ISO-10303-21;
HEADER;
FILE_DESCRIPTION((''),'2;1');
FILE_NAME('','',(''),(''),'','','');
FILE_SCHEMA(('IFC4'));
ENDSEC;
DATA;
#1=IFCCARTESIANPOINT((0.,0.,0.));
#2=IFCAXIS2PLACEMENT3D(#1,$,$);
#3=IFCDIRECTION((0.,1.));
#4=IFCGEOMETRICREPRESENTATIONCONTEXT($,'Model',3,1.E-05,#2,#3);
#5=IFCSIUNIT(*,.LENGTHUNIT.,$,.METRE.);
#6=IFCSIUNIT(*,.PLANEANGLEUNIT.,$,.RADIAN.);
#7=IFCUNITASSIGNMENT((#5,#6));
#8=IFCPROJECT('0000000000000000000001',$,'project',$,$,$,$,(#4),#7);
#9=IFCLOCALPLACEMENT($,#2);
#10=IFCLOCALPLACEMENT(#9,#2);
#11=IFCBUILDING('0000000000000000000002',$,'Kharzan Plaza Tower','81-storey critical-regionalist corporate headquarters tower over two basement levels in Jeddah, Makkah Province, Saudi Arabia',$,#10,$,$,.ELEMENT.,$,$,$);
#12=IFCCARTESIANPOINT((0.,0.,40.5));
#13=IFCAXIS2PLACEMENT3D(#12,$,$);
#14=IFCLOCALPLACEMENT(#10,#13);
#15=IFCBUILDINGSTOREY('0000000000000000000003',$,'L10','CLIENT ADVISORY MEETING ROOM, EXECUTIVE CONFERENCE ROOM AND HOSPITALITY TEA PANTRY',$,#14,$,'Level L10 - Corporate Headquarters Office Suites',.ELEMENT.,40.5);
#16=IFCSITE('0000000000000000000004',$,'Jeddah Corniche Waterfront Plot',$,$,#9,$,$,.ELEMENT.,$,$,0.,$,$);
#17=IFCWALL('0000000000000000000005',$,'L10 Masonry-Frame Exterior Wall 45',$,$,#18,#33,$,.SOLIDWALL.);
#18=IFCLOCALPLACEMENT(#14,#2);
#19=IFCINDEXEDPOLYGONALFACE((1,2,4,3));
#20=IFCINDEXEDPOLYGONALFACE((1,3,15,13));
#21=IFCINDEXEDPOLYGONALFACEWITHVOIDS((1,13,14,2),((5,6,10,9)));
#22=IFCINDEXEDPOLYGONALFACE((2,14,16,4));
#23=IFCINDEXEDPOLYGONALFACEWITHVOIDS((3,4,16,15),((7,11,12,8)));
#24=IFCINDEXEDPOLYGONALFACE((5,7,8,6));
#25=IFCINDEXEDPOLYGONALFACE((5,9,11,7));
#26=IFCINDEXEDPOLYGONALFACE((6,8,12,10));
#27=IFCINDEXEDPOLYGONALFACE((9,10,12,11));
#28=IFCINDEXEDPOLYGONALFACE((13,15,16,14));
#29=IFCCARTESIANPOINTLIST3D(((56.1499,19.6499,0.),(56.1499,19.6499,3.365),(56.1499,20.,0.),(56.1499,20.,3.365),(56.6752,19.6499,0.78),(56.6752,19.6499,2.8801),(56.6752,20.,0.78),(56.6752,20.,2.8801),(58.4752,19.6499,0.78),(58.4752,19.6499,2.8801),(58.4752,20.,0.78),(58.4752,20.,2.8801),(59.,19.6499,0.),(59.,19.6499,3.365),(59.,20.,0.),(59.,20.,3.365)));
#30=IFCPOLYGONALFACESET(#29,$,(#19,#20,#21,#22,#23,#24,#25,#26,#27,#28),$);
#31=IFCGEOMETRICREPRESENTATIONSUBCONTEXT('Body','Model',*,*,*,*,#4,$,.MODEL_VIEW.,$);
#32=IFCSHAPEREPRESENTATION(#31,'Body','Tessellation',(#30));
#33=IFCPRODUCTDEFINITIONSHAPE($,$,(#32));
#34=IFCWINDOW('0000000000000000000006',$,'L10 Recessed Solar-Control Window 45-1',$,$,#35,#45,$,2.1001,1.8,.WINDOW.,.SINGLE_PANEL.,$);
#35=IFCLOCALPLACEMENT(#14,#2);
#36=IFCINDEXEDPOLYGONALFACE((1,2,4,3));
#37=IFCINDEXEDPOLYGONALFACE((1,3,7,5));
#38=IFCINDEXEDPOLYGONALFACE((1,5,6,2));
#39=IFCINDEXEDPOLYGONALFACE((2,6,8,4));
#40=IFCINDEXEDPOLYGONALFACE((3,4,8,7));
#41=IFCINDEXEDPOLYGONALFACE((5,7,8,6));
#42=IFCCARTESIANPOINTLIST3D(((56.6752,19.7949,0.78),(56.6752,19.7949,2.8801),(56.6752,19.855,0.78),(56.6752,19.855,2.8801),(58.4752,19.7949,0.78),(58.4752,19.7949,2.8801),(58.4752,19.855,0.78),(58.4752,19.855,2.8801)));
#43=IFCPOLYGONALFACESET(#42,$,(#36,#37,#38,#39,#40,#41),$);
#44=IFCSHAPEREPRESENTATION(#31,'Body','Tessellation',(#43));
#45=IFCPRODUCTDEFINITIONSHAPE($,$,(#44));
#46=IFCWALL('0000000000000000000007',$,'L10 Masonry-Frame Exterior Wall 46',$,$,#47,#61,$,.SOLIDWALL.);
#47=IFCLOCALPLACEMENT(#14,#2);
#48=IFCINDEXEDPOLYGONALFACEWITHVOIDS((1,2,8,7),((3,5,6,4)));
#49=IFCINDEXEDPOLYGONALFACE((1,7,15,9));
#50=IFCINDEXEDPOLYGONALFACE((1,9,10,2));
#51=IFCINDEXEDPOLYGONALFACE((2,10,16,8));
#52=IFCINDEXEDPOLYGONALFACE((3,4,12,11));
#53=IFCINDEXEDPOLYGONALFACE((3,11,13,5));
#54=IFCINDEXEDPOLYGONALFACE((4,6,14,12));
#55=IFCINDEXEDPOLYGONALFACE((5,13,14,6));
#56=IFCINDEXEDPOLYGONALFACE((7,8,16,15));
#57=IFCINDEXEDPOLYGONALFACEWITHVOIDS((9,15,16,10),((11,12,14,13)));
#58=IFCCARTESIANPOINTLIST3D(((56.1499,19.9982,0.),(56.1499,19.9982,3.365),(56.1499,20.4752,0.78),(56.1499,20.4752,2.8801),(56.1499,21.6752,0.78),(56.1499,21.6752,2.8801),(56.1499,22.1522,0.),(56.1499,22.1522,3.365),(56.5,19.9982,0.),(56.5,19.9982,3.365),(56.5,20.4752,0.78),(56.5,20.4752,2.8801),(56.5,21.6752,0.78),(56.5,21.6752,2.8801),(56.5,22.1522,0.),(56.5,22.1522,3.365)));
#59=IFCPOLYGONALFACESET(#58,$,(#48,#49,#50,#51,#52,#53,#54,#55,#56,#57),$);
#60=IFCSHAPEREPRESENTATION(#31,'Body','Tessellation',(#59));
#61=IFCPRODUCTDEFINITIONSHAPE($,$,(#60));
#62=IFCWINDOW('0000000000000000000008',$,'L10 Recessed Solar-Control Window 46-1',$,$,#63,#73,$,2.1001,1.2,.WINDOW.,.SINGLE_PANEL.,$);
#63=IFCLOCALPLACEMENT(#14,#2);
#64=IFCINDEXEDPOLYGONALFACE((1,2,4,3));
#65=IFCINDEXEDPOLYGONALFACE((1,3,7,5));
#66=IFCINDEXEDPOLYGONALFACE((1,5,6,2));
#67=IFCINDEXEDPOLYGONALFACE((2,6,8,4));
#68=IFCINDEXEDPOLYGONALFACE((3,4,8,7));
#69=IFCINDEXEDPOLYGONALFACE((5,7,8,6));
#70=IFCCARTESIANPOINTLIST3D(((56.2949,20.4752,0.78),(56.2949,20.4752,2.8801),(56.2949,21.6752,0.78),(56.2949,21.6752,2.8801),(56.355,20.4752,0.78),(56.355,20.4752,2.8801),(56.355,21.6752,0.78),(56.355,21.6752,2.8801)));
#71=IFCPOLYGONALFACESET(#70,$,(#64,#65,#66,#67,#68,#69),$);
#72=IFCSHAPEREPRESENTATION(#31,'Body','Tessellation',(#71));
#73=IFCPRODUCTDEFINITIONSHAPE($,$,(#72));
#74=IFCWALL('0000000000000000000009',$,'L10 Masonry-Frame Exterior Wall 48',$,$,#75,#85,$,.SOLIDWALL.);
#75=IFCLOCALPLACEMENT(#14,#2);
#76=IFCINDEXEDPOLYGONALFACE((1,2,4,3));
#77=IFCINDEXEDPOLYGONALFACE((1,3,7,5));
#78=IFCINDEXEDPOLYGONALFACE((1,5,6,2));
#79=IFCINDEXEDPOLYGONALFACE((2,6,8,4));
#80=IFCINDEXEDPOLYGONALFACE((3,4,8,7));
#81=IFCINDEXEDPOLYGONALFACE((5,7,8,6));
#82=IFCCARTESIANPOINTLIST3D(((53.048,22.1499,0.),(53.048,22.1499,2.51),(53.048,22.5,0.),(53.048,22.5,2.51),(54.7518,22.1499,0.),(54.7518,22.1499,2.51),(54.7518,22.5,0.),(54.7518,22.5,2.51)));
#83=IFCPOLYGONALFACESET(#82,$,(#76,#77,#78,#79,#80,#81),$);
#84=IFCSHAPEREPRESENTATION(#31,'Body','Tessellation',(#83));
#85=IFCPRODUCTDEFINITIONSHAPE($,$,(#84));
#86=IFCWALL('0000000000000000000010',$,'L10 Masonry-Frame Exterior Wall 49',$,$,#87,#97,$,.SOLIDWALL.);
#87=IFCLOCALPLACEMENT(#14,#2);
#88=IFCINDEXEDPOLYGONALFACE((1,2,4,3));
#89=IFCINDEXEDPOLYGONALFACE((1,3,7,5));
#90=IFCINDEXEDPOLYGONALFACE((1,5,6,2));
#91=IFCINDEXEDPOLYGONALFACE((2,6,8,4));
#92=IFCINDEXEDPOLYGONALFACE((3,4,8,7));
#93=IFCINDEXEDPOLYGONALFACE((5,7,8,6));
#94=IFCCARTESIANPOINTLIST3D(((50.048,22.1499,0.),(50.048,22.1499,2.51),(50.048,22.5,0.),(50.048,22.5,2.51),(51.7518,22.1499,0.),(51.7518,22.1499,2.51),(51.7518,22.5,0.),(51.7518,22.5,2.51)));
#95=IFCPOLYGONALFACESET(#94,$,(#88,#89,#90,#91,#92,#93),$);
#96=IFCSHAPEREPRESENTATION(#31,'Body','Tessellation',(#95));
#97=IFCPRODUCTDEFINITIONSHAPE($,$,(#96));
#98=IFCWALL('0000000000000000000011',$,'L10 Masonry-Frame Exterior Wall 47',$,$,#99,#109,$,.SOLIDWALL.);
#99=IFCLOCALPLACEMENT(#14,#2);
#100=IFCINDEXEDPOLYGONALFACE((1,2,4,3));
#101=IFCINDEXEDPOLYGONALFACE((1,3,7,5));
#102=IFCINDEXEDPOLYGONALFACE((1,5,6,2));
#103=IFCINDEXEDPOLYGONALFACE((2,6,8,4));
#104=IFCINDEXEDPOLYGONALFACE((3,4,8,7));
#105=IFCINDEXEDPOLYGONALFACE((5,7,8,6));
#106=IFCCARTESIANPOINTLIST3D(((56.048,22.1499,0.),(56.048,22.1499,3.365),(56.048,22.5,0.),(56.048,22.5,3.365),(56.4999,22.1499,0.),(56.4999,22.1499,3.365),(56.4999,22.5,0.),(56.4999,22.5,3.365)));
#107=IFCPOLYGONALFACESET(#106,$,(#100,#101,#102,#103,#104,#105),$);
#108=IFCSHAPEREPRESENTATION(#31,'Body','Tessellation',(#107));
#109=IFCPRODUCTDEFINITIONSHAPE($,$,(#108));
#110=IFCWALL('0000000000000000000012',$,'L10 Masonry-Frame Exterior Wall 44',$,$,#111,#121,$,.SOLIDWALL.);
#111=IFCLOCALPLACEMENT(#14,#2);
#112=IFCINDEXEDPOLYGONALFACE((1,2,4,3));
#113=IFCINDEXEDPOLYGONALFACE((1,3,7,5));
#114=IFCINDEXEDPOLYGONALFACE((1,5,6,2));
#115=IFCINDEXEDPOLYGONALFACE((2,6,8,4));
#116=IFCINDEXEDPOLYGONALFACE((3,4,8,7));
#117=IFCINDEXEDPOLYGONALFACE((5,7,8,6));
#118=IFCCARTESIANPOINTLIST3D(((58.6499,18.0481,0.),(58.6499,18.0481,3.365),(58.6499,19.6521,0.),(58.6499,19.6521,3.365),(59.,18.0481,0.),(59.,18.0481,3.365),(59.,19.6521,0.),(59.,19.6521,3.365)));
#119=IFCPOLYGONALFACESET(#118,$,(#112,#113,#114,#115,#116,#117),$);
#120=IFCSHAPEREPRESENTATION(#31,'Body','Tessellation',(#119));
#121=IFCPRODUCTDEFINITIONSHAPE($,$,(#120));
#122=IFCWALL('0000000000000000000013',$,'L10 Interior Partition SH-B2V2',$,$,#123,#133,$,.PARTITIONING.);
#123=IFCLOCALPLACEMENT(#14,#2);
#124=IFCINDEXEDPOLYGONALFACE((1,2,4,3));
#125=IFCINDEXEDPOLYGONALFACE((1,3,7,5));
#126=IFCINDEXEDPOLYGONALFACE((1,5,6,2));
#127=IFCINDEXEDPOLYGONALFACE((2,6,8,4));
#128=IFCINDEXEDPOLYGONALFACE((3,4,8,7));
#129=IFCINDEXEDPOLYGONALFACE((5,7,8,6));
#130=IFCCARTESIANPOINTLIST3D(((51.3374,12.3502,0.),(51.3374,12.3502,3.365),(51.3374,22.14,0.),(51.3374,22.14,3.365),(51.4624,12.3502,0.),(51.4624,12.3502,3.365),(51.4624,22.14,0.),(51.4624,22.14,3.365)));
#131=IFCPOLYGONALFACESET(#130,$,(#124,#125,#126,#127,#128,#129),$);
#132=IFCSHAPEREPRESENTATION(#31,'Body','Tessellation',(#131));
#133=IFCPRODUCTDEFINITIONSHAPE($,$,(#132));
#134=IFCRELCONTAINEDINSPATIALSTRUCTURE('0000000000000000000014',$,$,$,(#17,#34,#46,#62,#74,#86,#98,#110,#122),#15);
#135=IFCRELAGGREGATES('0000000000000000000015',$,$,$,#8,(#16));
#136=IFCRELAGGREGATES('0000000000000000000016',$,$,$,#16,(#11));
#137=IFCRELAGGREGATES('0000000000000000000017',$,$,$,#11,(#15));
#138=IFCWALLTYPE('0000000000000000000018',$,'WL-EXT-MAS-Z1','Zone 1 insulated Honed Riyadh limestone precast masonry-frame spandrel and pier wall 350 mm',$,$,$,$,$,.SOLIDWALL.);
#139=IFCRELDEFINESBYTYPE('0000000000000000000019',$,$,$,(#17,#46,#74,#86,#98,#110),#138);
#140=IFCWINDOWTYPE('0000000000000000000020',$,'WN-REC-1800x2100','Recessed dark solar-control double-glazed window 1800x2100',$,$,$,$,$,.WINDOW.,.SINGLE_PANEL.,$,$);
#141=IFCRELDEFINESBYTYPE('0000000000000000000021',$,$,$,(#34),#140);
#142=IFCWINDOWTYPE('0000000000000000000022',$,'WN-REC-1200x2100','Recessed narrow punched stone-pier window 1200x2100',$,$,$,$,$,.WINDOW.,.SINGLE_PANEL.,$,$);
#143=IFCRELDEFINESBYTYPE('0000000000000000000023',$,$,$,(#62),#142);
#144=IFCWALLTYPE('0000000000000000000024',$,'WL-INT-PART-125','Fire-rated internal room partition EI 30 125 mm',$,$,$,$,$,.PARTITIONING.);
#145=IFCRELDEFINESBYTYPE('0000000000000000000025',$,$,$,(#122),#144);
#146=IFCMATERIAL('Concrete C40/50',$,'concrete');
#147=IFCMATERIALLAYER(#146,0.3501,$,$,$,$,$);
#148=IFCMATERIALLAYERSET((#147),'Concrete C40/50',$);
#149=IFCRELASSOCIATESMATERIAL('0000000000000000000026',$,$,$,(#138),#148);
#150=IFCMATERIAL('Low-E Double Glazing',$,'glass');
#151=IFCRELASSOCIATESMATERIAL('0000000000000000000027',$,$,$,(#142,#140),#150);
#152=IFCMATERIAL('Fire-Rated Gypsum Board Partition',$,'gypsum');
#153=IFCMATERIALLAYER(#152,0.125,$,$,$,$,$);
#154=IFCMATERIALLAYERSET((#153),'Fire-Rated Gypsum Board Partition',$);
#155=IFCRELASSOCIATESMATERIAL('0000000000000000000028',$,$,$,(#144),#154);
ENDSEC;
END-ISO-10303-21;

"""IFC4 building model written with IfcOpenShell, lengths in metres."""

from ifc_helpers import new_model, si_unit, direction, frame, frame_2d, origin, place, context, subcontext, project, spatial, rectangle, extrude, source, transform, mapped, material, layer, layer_set, type_object, element, fill, save


model = new_model("IFC4")

# Units and contexts
model_context = context("Model", 3, precision=1e-05, world=origin(), true_north=direction((0.0, 1.0)))
body_context = subcontext(model_context, "Body", "Model", "MODEL_VIEW")
ifc_project = project(units=[si_unit("LENGTHUNIT", "METRE"), si_unit("PLANEANGLEUNIT", "RADIAN")], contexts=[model_context])

# Site, building, storey
site_placement = place(None, origin())
site = spatial("IfcSite", under=ifc_project, at=site_placement, Name="Jeddah Corniche Waterfront Plot", CompositionType="ELEMENT", RefElevation=0.0)
building_placement = place(site_placement, origin())
building = spatial("IfcBuilding", under=site, at=building_placement, Name="Kharzan Plaza Tower", Description="81-storey critical-regionalist corporate headquarters tower over two basement levels in Jeddah, Makkah Province, Saudi Arabia", CompositionType="ELEMENT")
storey_placement = place(building_placement, frame((0.0, 0.0, 40.5)))
storey = spatial("IfcBuildingStorey", under=building, at=storey_placement, Name="L10", Description="CLIENT ADVISORY MEETING ROOM, EXECUTIVE CONFERENCE ROOM AND HOSPITALITY TEA PANTRY", LongName="Level L10 - Corporate Headquarters Office Suites", CompositionType="ELEMENT", Elevation=40.5)

# Walls, openings, windows
ifc_material_1 = material(Name="Concrete C40/50", Category="concrete")
ifc_layer_1 = layer(ifc_material_1, 0.3501)
ifc_layer_set_1 = layer_set([ifc_layer_1], Name="Concrete C40/50")
wall_type_1 = type_object("IfcWallType", Name="WL-EXT-MAS-Z1", Description="Zone 1 insulated Honed Riyadh limestone precast masonry-frame spandrel and pier wall 350 mm", PredefinedType="SOLIDWALL", material=ifc_layer_set_1)
ifc_material_2 = material(Name="Low-E Double Glazing", Category="glass")
window_type_1 = type_object("IfcWindowType", Name="WN-REC-1200x2100", Description="Recessed narrow punched stone-pier window 1200x2100", PartitioningType="SINGLE_PANEL", PredefinedType="WINDOW", material=ifc_material_2)
wall_1_placement = place(storey_placement, frame((59.0, 19.825, 0.0), z_axis=(0.0, 0.0, 1.0), x_axis=(-1.0, 0.0, 0.0)))
wall_1 = element("IfcWall", 1, at=wall_1_placement, inside=storey, type_object=wall_type_1, Name="L10 Masonry-Frame Exterior Wall 45", PredefinedType="SOLIDWALL", context=body_context, shape_type="SweptSolid", body=[
    extrude(rectangle(XDim=2.8501, YDim=0.3501, at=frame_2d((1.425, 0.0))), origin(), (0.0, 0.0, 1.0), 3.365),
])
opening_1_placement = place(wall_1_placement, frame((0.5249, 0.0, 0.78)))
opening_1 = element("IfcOpeningElement", 2, at=opening_1_placement, cuts=wall_1, PredefinedType="OPENING", context=body_context, shape_type="SweptSolid", body=[
    extrude(rectangle(XDim=1.8, YDim=2.1001, at=frame_2d((0.8999, 1.05))), frame((0.0, 0.1851, 0.0), z_axis=(0.0, -1.0, 0.0), x_axis=(1.0, 0.0, 0.0)), (0.0, 0.0, 1.0), 0.3701),
])
window_type_2 = type_object("IfcWindowType", Name="WN-REC-1800x2100", Description="Recessed dark solar-control double-glazed window 1800x2100", PartitioningType="SINGLE_PANEL", PredefinedType="WINDOW", material=ifc_material_2)
shared_shape_1 = source(origin(), body_context, "Body", "SweptSolid", [
    extrude(rectangle(XDim=1.8, YDim=2.1001, at=frame_2d((0.8999, 1.05))), frame((0.0, 0.03, 0.0), z_axis=(0.0, -1.0, 0.0), x_axis=(1.0, 0.0, 0.0)), (0.0, 0.0, 1.0), 0.0601),
])
window_1_placement = place(opening_1_placement, origin())
window_1 = element("IfcWindow", 3, at=window_1_placement, inside=storey, type_object=window_type_2, Name="L10 Recessed Solar-Control Window 45-1", OverallHeight=2.1001, OverallWidth=1.8, PartitioningType="SINGLE_PANEL", PredefinedType="WINDOW", context=body_context, shape_type="MappedRepresentation", body=[
    mapped(shared_shape_1, transform((0.0, 0.0, 0.0), x_axis=(1.0, 0.0, 0.0), y_axis=(0.0, 1.0, 0.0), z_axis=(0.0, 0.0, 1.0))),
])
fill(opening_1, window_1)
wall_2_placement = place(storey_placement, frame((56.325, 19.998, 0.0), z_axis=(0.0, 0.0, 1.0), x_axis=(0.0, 1.0, 0.0)))
wall_2 = element("IfcWall", 4, at=wall_2_placement, inside=storey, type_object=wall_type_1, Name="L10 Masonry-Frame Exterior Wall 46", PredefinedType="SOLIDWALL", context=body_context, shape_type="SweptSolid", body=[
    extrude(rectangle(XDim=2.1541, YDim=0.3501, at=frame_2d((1.0771, 0.0))), origin(), (0.0, 0.0, 1.0), 3.365),
])
opening_2_placement = place(wall_2_placement, frame((0.4771, 0.0, 0.78)))
opening_2 = element("IfcOpeningElement", 5, at=opening_2_placement, cuts=wall_2, PredefinedType="OPENING", context=body_context, shape_type="SweptSolid", body=[
    extrude(rectangle(XDim=1.2, YDim=2.1001, at=frame_2d((0.6001, 1.05))), frame((0.0, 0.1851, 0.0), z_axis=(0.0, -1.0, 0.0), x_axis=(1.0, 0.0, 0.0)), (0.0, 0.0, 1.0), 0.3701),
])
shared_shape_2 = source(origin(), body_context, "Body", "SweptSolid", [
    extrude(rectangle(XDim=1.2, YDim=2.1001, at=frame_2d((0.6001, 1.05))), frame((0.0, 0.03, 0.0), z_axis=(0.0, -1.0, 0.0), x_axis=(1.0, 0.0, 0.0)), (0.0, 0.0, 1.0), 0.0601),
])
window_2_placement = place(opening_2_placement, origin())
window_2 = element("IfcWindow", 6, at=window_2_placement, inside=storey, type_object=window_type_1, Name="L10 Recessed Solar-Control Window 46-1", OverallHeight=2.1001, OverallWidth=1.2, PartitioningType="SINGLE_PANEL", PredefinedType="WINDOW", context=body_context, shape_type="MappedRepresentation", body=[
    mapped(shared_shape_2, transform((0.0, 0.0, 0.0), x_axis=(1.0, 0.0, 0.0), y_axis=(0.0, 1.0, 0.0), z_axis=(0.0, 0.0, 1.0))),
])
fill(opening_2, window_2)

# Shared definitions
ifc_material_3 = material(Name="Fire-Rated Gypsum Board Partition", Category="gypsum")
ifc_layer_2 = layer(ifc_material_3, 0.125)
ifc_layer_set_2 = layer_set([ifc_layer_2], Name="Fire-Rated Gypsum Board Partition")
wall_type_2 = type_object("IfcWallType", Name="WL-INT-PART-125", Description="Fire-rated internal room partition EI 30 125 mm", PredefinedType="PARTITIONING", material=ifc_layer_set_2)

# Walls
shared_shape_3 = source(origin(), body_context, "Body", "SweptSolid", [
    extrude(rectangle(XDim=1.7039, YDim=0.3501, at=frame_2d((0.8521, 0.0))), origin(), (0.0, 0.0, 1.0), 2.51),
])
for number, where, z_axis, x_axis, name in (
    (7, (54.752, 22.325, 0.0), (0.0, 0.0, 1.0), (-1.0, 0.0, 0.0), "L10 Masonry-Frame Exterior Wall 48"),
    (8, (51.752, 22.325, 0.0), (0.0, 0.0, 1.0), (-1.0, 0.0, 0.0), "L10 Masonry-Frame Exterior Wall 49"),
):
    element("IfcWall", number, at=place(storey_placement, frame(where, z_axis=z_axis, x_axis=x_axis)), inside=storey, type_object=wall_type_1, Name=name, PredefinedType="SOLIDWALL", context=body_context, shape_type="MappedRepresentation", body=[
        mapped(shared_shape_3, transform((0.0, 0.0, 0.0), x_axis=(1.0, 0.0, 0.0), y_axis=(0.0, 1.0, 0.0), z_axis=(0.0, 0.0, 1.0))),
    ])
shared_shape_4 = source(origin(), body_context, "Body", "SweptSolid", [
    extrude(rectangle(XDim=0.4519, YDim=0.3501, at=frame_2d((0.2261, 0.0))), origin(), (0.0, 0.0, 1.0), 3.365),
])
wall_3_placement = place(storey_placement, frame((56.5, 22.325, 0.0), z_axis=(0.0, 0.0, 1.0), x_axis=(-1.0, 0.0, 0.0)))
element("IfcWall", 9, at=wall_3_placement, inside=storey, type_object=wall_type_1, Name="L10 Masonry-Frame Exterior Wall 47", PredefinedType="SOLIDWALL", context=body_context, shape_type="MappedRepresentation", body=[
    mapped(shared_shape_4, transform((0.0, 0.0, 0.0), x_axis=(1.0, 0.0, 0.0), y_axis=(0.0, 1.0, 0.0), z_axis=(0.0, 0.0, 1.0))),
])
shared_shape_5 = source(origin(), body_context, "Body", "SweptSolid", [
    extrude(rectangle(XDim=1.604, YDim=0.3501, at=frame_2d((0.802, 0.0))), origin(), (0.0, 0.0, 1.0), 3.365),
])
wall_4_placement = place(storey_placement, frame((58.825, 18.0481, 0.0), z_axis=(0.0, 0.0, 1.0), x_axis=(0.0, 1.0, 0.0)))
element("IfcWall", 10, at=wall_4_placement, inside=storey, type_object=wall_type_1, Name="L10 Masonry-Frame Exterior Wall 44", PredefinedType="SOLIDWALL", context=body_context, shape_type="MappedRepresentation", body=[
    mapped(shared_shape_5, transform((0.0, 0.0, 0.0), x_axis=(1.0, 0.0, 0.0), y_axis=(0.0, 1.0, 0.0), z_axis=(0.0, 0.0, 1.0))),
])
shared_shape_6 = source(origin(), body_context, "Body", "SweptSolid", [
    extrude(rectangle(XDim=9.7898, YDim=0.125, at=frame_2d((4.895, 0.0))), origin(), (0.0, 0.0, 1.0), 3.365),
])
wall_5_placement = place(storey_placement, frame((51.3999, 12.3501, 0.0), z_axis=(0.0, 0.0, 1.0), x_axis=(0.0, 1.0, 0.0)))
element("IfcWall", 11, at=wall_5_placement, inside=storey, type_object=wall_type_2, Name="L10 Interior Partition SH-B2V2", PredefinedType="PARTITIONING", context=body_context, shape_type="MappedRepresentation", body=[
    mapped(shared_shape_6, transform((0.0, 0.0, 0.0), x_axis=(1.0, 0.0, 0.0), y_axis=(0.0, 1.0, 0.0), z_axis=(0.0, 0.0, 1.0))),
])

save(model, "model.ifc")
